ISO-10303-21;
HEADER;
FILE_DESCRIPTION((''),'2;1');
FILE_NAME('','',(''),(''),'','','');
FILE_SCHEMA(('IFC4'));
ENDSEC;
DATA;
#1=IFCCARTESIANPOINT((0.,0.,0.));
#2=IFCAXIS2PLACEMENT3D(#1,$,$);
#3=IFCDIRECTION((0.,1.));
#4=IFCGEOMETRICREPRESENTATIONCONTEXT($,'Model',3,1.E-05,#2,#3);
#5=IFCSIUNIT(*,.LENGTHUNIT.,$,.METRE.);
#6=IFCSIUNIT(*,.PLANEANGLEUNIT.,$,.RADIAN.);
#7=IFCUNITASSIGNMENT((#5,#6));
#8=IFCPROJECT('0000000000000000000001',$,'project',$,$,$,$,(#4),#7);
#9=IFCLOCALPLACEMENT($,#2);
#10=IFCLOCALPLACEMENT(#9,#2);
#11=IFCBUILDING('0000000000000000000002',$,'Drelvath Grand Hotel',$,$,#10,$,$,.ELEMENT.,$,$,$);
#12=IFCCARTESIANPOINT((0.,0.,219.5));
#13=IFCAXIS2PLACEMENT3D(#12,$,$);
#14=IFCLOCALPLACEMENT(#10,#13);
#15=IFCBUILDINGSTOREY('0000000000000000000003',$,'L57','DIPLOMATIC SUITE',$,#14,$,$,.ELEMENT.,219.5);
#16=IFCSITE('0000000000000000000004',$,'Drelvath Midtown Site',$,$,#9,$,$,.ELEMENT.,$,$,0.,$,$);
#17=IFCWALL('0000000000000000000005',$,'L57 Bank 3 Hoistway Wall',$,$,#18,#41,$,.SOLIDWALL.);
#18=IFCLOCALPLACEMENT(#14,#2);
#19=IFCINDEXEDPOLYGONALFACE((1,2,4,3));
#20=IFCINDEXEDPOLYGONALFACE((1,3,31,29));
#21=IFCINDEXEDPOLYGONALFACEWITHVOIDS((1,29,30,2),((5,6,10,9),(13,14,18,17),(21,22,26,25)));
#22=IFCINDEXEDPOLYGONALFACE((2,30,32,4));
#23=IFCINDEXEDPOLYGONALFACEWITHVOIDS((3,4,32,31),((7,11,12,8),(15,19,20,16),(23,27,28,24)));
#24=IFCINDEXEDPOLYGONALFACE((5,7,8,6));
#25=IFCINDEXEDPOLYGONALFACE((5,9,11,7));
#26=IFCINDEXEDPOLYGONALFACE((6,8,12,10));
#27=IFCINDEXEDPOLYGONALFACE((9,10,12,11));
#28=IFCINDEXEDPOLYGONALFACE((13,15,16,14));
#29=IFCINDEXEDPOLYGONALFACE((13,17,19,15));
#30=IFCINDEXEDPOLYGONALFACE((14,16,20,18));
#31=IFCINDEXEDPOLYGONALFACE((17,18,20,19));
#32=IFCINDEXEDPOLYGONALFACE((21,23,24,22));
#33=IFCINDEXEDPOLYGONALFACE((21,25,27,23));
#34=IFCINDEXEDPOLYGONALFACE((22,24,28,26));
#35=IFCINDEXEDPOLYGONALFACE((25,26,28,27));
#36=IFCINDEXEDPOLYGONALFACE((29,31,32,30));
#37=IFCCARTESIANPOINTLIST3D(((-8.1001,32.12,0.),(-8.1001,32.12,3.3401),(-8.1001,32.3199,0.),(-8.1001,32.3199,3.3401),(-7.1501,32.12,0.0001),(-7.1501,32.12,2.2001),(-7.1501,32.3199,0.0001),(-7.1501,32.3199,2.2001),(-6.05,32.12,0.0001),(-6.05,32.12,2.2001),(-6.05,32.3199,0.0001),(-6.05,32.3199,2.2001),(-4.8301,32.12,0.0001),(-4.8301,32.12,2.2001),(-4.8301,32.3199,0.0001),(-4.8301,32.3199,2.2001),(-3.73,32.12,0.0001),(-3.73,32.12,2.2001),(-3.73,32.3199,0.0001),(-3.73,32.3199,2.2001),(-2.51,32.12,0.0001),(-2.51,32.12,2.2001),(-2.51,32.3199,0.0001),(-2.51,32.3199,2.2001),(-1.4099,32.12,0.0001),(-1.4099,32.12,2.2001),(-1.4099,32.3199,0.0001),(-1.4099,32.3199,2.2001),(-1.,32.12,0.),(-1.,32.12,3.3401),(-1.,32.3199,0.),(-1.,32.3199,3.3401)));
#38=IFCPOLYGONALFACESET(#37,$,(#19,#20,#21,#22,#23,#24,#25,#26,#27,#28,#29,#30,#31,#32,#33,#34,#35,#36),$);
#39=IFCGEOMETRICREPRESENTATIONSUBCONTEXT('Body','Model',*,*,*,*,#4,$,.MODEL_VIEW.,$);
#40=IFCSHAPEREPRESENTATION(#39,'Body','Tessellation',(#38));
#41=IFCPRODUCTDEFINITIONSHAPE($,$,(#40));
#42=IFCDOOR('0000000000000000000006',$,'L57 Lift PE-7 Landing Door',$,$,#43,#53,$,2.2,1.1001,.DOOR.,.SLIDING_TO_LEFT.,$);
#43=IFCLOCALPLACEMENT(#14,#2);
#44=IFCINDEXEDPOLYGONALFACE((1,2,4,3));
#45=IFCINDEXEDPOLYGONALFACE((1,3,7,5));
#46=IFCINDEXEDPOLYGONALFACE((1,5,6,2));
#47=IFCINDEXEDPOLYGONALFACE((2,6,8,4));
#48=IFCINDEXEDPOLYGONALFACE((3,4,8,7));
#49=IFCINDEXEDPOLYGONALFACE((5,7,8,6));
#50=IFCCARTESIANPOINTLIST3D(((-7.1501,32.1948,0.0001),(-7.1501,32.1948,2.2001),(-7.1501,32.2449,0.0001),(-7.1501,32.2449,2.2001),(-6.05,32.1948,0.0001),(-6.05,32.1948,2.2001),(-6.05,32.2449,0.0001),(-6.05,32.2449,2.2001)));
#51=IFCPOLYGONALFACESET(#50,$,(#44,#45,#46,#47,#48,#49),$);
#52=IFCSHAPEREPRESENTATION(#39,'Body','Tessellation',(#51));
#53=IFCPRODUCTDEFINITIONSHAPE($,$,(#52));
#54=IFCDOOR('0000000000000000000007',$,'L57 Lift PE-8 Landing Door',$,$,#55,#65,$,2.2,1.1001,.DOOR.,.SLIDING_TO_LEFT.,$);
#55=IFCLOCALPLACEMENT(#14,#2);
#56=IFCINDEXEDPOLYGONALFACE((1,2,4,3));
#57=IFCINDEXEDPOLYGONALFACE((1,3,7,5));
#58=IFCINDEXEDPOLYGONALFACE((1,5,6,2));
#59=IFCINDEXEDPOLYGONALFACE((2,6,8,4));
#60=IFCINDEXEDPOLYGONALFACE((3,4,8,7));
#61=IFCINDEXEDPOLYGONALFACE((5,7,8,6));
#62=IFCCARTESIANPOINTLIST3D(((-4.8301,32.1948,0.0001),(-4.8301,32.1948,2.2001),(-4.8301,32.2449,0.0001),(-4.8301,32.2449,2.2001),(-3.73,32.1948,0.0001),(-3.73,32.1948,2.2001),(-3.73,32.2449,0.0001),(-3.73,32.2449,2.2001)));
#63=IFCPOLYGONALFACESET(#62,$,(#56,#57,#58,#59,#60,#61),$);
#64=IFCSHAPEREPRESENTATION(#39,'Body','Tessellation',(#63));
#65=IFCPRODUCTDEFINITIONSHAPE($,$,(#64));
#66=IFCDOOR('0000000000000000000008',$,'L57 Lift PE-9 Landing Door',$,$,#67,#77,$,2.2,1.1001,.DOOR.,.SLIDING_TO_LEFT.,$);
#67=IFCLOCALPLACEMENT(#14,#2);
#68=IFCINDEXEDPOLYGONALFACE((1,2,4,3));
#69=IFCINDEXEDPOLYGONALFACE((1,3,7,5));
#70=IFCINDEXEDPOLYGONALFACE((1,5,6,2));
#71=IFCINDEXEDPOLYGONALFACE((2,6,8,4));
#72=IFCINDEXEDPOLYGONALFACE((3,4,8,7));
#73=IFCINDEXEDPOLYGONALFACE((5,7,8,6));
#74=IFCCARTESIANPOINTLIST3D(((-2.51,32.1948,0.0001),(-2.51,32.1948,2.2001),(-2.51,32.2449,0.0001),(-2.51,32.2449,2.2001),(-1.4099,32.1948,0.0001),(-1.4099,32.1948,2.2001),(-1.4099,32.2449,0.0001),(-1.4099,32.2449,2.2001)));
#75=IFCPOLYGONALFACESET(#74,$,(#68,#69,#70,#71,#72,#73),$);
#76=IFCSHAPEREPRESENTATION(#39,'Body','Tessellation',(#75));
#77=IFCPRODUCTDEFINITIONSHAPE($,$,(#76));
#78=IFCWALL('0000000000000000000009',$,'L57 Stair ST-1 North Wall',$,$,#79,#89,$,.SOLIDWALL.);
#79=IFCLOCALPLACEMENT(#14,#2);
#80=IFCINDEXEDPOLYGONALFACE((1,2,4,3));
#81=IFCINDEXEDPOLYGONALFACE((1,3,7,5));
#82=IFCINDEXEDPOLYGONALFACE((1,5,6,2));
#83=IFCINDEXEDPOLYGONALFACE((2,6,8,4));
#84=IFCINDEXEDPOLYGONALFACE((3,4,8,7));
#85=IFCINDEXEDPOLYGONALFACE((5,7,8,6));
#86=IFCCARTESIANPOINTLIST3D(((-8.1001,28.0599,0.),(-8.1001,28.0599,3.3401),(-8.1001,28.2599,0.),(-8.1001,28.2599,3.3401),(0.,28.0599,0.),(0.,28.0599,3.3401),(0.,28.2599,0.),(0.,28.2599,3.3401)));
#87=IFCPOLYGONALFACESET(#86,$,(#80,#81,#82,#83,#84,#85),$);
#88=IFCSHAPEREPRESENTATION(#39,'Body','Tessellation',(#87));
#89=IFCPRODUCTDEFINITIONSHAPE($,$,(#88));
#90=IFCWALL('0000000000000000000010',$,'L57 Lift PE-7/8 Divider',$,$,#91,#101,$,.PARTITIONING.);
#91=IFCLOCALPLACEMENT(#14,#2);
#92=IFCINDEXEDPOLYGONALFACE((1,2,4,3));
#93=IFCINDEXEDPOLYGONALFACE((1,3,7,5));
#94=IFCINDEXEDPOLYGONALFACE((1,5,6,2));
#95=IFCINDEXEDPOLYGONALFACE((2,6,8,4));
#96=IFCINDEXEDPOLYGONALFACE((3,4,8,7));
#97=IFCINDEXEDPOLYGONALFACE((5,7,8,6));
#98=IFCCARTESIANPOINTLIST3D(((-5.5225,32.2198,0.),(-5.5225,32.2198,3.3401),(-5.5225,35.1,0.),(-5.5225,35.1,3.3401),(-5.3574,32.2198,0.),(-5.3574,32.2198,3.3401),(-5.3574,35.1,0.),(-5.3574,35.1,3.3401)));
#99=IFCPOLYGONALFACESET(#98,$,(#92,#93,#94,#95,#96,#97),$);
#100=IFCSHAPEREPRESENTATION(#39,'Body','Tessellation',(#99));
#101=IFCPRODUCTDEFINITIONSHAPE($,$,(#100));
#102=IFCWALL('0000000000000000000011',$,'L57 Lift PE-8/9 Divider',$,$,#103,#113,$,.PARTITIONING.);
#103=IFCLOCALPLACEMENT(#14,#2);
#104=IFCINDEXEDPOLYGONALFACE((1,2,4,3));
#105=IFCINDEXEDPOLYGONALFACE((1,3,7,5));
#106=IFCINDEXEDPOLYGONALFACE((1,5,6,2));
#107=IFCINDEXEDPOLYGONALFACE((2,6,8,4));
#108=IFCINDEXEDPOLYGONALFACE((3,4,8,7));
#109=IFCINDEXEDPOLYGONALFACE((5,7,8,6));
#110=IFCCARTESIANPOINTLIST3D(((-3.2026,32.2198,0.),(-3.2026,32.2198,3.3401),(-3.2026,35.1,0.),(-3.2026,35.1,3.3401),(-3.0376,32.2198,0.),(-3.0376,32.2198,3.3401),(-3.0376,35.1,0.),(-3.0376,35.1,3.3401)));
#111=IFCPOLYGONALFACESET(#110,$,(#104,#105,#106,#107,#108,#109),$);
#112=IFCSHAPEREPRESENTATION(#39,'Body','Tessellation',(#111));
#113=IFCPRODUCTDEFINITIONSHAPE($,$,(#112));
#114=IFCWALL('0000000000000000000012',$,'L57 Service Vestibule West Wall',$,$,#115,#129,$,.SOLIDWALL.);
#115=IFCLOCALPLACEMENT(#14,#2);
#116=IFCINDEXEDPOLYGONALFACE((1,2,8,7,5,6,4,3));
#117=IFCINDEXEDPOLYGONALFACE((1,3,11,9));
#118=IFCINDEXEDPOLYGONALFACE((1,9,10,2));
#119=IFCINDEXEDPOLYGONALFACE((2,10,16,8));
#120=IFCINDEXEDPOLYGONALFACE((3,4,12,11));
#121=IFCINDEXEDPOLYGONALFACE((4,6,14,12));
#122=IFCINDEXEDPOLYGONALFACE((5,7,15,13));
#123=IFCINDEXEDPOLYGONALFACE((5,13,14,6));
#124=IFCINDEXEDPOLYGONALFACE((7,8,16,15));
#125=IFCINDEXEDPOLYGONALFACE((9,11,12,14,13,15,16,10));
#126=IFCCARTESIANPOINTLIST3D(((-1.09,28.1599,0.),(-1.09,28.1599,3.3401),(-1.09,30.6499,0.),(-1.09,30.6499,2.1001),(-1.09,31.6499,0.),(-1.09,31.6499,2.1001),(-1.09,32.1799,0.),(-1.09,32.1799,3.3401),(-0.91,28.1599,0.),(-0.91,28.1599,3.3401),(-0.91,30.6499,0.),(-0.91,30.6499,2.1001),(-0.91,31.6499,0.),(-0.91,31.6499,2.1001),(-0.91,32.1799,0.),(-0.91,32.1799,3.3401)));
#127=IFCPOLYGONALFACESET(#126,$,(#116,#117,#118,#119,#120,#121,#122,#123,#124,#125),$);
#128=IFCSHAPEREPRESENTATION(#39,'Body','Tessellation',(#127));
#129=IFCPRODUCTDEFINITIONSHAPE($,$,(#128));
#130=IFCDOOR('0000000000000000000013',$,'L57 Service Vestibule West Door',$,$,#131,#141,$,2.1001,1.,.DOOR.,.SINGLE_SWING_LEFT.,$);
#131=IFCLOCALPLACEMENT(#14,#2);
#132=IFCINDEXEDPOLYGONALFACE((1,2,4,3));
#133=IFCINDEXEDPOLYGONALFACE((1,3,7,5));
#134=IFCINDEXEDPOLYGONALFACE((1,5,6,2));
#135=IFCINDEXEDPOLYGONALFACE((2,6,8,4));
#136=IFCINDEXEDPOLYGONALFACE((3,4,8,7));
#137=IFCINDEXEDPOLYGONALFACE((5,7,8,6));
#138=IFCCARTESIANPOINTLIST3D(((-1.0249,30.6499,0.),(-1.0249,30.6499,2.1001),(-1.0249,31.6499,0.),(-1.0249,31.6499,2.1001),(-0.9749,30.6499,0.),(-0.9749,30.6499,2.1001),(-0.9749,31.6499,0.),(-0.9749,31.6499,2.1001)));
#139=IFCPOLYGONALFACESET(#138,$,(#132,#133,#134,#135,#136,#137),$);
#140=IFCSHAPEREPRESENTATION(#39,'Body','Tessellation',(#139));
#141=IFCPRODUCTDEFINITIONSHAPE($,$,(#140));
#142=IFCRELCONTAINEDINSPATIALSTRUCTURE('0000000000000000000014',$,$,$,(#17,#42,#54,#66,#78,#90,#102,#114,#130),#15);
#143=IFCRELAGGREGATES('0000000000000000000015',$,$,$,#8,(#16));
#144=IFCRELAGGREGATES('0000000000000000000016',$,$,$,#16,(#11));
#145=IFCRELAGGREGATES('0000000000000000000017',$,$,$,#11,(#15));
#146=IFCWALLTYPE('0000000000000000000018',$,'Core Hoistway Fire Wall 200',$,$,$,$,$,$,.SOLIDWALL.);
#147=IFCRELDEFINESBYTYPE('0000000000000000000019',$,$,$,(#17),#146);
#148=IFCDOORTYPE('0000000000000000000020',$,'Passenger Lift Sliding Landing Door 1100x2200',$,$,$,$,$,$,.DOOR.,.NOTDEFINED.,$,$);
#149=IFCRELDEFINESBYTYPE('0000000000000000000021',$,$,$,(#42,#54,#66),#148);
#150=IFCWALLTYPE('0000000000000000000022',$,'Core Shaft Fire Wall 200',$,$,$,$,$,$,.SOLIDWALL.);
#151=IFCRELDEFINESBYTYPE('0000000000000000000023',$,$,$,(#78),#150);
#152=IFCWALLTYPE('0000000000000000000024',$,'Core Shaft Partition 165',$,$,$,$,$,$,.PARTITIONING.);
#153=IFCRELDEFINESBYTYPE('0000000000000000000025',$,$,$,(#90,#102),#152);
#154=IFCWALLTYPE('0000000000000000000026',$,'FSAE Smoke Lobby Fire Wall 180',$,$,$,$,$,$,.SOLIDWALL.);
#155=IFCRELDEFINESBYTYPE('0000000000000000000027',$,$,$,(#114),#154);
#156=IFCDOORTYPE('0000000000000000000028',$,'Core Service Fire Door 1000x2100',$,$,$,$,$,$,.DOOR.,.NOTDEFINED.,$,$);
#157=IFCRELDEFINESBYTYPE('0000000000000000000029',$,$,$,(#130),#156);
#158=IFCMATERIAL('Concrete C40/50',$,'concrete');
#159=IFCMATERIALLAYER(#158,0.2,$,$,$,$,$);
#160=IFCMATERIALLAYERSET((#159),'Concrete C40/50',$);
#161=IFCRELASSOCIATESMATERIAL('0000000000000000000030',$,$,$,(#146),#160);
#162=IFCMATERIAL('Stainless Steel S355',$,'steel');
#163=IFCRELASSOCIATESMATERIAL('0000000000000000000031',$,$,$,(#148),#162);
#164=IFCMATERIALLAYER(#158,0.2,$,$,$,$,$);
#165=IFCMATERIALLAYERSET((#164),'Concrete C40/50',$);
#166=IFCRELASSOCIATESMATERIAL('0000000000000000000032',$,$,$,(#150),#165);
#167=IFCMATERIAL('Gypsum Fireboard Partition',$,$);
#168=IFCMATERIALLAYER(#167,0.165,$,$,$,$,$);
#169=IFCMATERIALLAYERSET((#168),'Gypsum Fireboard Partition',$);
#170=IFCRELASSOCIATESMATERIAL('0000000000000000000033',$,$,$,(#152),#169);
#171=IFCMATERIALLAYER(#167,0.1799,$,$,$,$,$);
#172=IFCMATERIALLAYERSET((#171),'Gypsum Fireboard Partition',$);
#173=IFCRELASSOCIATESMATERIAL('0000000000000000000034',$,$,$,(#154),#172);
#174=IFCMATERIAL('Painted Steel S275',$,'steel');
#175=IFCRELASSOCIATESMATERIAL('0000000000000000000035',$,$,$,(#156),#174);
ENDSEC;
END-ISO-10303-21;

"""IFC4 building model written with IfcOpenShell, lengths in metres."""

from ifc_helpers import new_model, si_unit, direction, frame, frame_2d, origin, place, context, subcontext, project, spatial, rectangle, extrude, material, layer, layer_set, type_object, element, fill, save


model = new_model("IFC4")

# Units and contexts
model_context = context("Model", 3, precision=1e-05, world=origin(), true_north=direction((0.0, 1.0)))
body_context = subcontext(model_context, "Body", "Model", "MODEL_VIEW")
ifc_project = project(units=[si_unit("LENGTHUNIT", "METRE"), si_unit("PLANEANGLEUNIT", "RADIAN")], contexts=[model_context])

# Site, building, storey
site_placement = place(None, origin())
site = spatial("IfcSite", under=ifc_project, at=site_placement, Name="Drelvath Midtown Site", CompositionType="ELEMENT", RefElevation=0.0)
building_placement = place(site_placement, origin())
building = spatial("IfcBuilding", under=site, at=building_placement, Name="Drelvath Grand Hotel", CompositionType="ELEMENT")
storey_placement = place(building_placement, frame((0.0, 0.0, 219.5)))
storey = spatial("IfcBuildingStorey", under=building, at=storey_placement, Name="L57", Description="DIPLOMATIC SUITE", CompositionType="ELEMENT", Elevation=219.5)

# Shared definitions
ifc_material_1 = material(Name="Painted Steel S275", Category="steel")

# Shared definitions
ifc_material_2 = material(Name="Concrete C40/50", Category="concrete")
ifc_layer_1 = layer(ifc_material_2, 0.2)
ifc_layer_set_1 = layer_set([ifc_layer_1], Name="Concrete C40/50")
wall_type_1 = type_object("IfcWallType", Name="Core Hoistway Fire Wall 200", PredefinedType="SOLIDWALL", material=ifc_layer_set_1)
ifc_material_3 = material(Name="Stainless Steel S355", Category="steel")

# Wall, openings, doors
wall_1_placement = place(storey_placement, frame((-8.1001, 32.22, 0.0), z_axis=(0.0, 0.0, 1.0), x_axis=(1.0, 0.0, 0.0)))
wall_1 = element("IfcWall", 1, at=wall_1_placement, inside=storey, type_object=wall_type_1, Name="L57 Bank 3 Hoistway Wall", PredefinedType="SOLIDWALL", context=body_context, shape_type="SweptSolid", body=[
    extrude(rectangle(XDim=7.1001, YDim=0.2, at=frame_2d((3.55, 0.0))), origin(), (0.0, 0.0, 1.0), 3.3401),
])
opening_1_placement = place(wall_1_placement, frame((0.95, 0.0, 0.0)))
opening_1 = element("IfcOpeningElement", 2, at=opening_1_placement, cuts=wall_1, PredefinedType="OPENING", context=body_context, shape_type="SweptSolid", body=[
    extrude(rectangle(XDim=1.1001, YDim=2.2, at=frame_2d((0.55, 1.1001))), frame((0.0, 0.1099, 0.0), z_axis=(0.0, -1.0, 0.0), x_axis=(1.0, 0.0, 0.0)), (0.0, 0.0, 1.0), 0.22),
])
opening_2_placement = place(wall_1_placement, frame((3.27, 0.0, 0.0)))
opening_2 = element("IfcOpeningElement", 3, at=opening_2_placement, cuts=wall_1, PredefinedType="OPENING", context=body_context, shape_type="SweptSolid", body=[
    extrude(rectangle(XDim=1.1001, YDim=2.2, at=frame_2d((0.55, 1.1001))), frame((0.0, 0.1099, 0.0), z_axis=(0.0, -1.0, 0.0), x_axis=(1.0, 0.0, 0.0)), (0.0, 0.0, 1.0), 0.22),
])
opening_3_placement = place(wall_1_placement, frame((5.5901, 0.0, 0.0)))
opening_3 = element("IfcOpeningElement", 4, at=opening_3_placement, cuts=wall_1, PredefinedType="OPENING", context=body_context, shape_type="SweptSolid", body=[
    extrude(rectangle(XDim=1.1001, YDim=2.2, at=frame_2d((0.55, 1.1001))), frame((0.0, 0.1099, 0.0), z_axis=(0.0, -1.0, 0.0), x_axis=(1.0, 0.0, 0.0)), (0.0, 0.0, 1.0), 0.22),
])
door_type_1 = type_object("IfcDoorType", Name="Passenger Lift Sliding Landing Door 1100x2200", OperationType="NOTDEFINED", PredefinedType="DOOR", material=ifc_material_3)
door_1_placement = place(opening_1_placement, origin())
door_1 = element("IfcDoor", 5, at=door_1_placement, inside=storey, type_object=door_type_1, Name="L57 Lift PE-7 Landing Door", OperationType="SLIDING_TO_LEFT", OverallHeight=2.2, OverallWidth=1.1001, PredefinedType="DOOR", context=body_context, shape_type="SweptSolid", body=[
    extrude(rectangle(XDim=1.1001, YDim=2.2, at=frame_2d((0.55, 1.1001))), frame((0.0, 0.0249, 0.0), z_axis=(0.0, -1.0, 0.0), x_axis=(1.0, 0.0, 0.0)), (0.0, 0.0, 1.0), 0.05),
])
fill(opening_1, door_1)
door_2_placement = place(opening_2_placement, origin())
door_2 = element("IfcDoor", 6, at=door_2_placement, inside=storey, type_object=door_type_1, Name="L57 Lift PE-8 Landing Door", OperationType="SLIDING_TO_LEFT", OverallHeight=2.2, OverallWidth=1.1001, PredefinedType="DOOR", context=body_context, shape_type="SweptSolid", body=[
    extrude(rectangle(XDim=1.1001, YDim=2.2, at=frame_2d((0.55, 1.1001))), frame((0.0, 0.0249, 0.0), z_axis=(0.0, -1.0, 0.0), x_axis=(1.0, 0.0, 0.0)), (0.0, 0.0, 1.0), 0.05),
])
fill(opening_2, door_2)
door_3_placement = place(opening_3_placement, origin())
door_3 = element("IfcDoor", 7, at=door_3_placement, inside=storey, type_object=door_type_1, Name="L57 Lift PE-9 Landing Door", OperationType="SLIDING_TO_LEFT", OverallHeight=2.2, OverallWidth=1.1001, PredefinedType="DOOR", context=body_context, shape_type="SweptSolid", body=[
    extrude(rectangle(XDim=1.1001, YDim=2.2, at=frame_2d((0.55, 1.1001))), frame((0.0, 0.0249, 0.0), z_axis=(0.0, -1.0, 0.0), x_axis=(1.0, 0.0, 0.0)), (0.0, 0.0, 1.0), 0.05),
])
fill(opening_3, door_3)

# Walls
ifc_layer_2 = layer(ifc_material_2, 0.2)
ifc_layer_set_2 = layer_set([ifc_layer_2], Name="Concrete C40/50")
wall_type_2 = type_object("IfcWallType", Name="Core Shaft Fire Wall 200", PredefinedType="SOLIDWALL", material=ifc_layer_set_2)
wall_2_placement = place(storey_placement, frame((-8.1001, 28.1599, 0.0), z_axis=(0.0, 0.0, 1.0), x_axis=(1.0, 0.0, 0.0)))
element("IfcWall", 8, at=wall_2_placement, inside=storey, type_object=wall_type_2, Name="L57 Stair ST-1 North Wall", PredefinedType="SOLIDWALL", context=body_context, shape_type="SweptSolid", body=[
    extrude(rectangle(XDim=8.1001, YDim=0.2, at=frame_2d((4.05, 0.0))), origin(), (0.0, 0.0, 1.0), 3.3401),
])
ifc_material_4 = material(Name="Gypsum Fireboard Partition")
ifc_layer_3 = layer(ifc_material_4, 0.165)
ifc_layer_set_3 = layer_set([ifc_layer_3], Name="Gypsum Fireboard Partition")
wall_type_3 = type_object("IfcWallType", Name="Core Shaft Partition 165", PredefinedType="PARTITIONING", material=ifc_layer_set_3)
for number, where, z_axis, x_axis, name in (
    (9, (-5.4399, 32.22, 0.0), (0.0, 0.0, 1.0), (0.0, 1.0, 0.0), "L57 Lift PE-7/8 Divider"),
    (10, (-3.1201, 32.22, 0.0), (0.0, 0.0, 1.0), (0.0, 1.0, 0.0), "L57 Lift PE-8/9 Divider"),
):
    element("IfcWall", number, at=place(storey_placement, frame(where, z_axis=z_axis, x_axis=x_axis)), inside=storey, type_object=wall_type_3, Name=name, PredefinedType="PARTITIONING", context=body_context, shape_type="SweptSolid", body=[
        extrude(rectangle(XDim=2.8801, YDim=0.165, at=frame_2d((1.4399, 0.0))), origin(), (0.0, 0.0, 1.0), 3.3401),
    ])

# Wall, opening, door
ifc_layer_4 = layer(ifc_material_4, 0.1799)
ifc_layer_set_4 = layer_set([ifc_layer_4], Name="Gypsum Fireboard Partition")
wall_type_4 = type_object("IfcWallType", Name="FSAE Smoke Lobby Fire Wall 180", PredefinedType="SOLIDWALL", material=ifc_layer_set_4)
wall_3_placement = place(storey_placement, frame((-1.0, 28.1599, 0.0), z_axis=(0.0, 0.0, 1.0), x_axis=(0.0, 1.0, 0.0)))
wall_3 = element("IfcWall", 11, at=wall_3_placement, inside=storey, type_object=wall_type_4, Name="L57 Service Vestibule West Wall", PredefinedType="SOLIDWALL", context=body_context, shape_type="SweptSolid", body=[
    extrude(rectangle(XDim=4.02, YDim=0.1799, at=frame_2d((2.01, 0.0))), origin(), (0.0, 0.0, 1.0), 3.3401),
])
opening_4_placement = place(wall_3_placement, frame((2.49, 0.0, 0.0)))
opening_4 = element("IfcOpeningElement", 12, at=opening_4_placement, cuts=wall_3, PredefinedType="OPENING", context=body_context, shape_type="SweptSolid", body=[
    extrude(rectangle(XDim=1.0, YDim=2.1001, at=frame_2d((0.5, 1.05))), frame((0.0, 0.0999, 0.0), z_axis=(0.0, -1.0, 0.0), x_axis=(1.0, 0.0, 0.0)), (0.0, 0.0, 1.0), 0.2),
])
door_type_2 = type_object("IfcDoorType", Name="Core Service Fire Door 1000x2100", OperationType="NOTDEFINED", PredefinedType="DOOR", material=ifc_material_1)
door_4_placement = place(opening_4_placement, origin())
door_4 = element("IfcDoor", 13, at=door_4_placement, inside=storey, type_object=door_type_2, Name="L57 Service Vestibule West Door", OperationType="SINGLE_SWING_LEFT", OverallHeight=2.1001, OverallWidth=1.0, PredefinedType="DOOR", context=body_context, shape_type="SweptSolid", body=[
    extrude(rectangle(XDim=1.0, YDim=2.1001, at=frame_2d((0.5, 1.05))), frame((0.0, 0.0249, 0.0), z_axis=(0.0, -1.0, 0.0), x_axis=(1.0, 0.0, 0.0)), (0.0, 0.0, 1.0), 0.05),
])
fill(opening_4, door_4)

save(model, "model.ifc")
